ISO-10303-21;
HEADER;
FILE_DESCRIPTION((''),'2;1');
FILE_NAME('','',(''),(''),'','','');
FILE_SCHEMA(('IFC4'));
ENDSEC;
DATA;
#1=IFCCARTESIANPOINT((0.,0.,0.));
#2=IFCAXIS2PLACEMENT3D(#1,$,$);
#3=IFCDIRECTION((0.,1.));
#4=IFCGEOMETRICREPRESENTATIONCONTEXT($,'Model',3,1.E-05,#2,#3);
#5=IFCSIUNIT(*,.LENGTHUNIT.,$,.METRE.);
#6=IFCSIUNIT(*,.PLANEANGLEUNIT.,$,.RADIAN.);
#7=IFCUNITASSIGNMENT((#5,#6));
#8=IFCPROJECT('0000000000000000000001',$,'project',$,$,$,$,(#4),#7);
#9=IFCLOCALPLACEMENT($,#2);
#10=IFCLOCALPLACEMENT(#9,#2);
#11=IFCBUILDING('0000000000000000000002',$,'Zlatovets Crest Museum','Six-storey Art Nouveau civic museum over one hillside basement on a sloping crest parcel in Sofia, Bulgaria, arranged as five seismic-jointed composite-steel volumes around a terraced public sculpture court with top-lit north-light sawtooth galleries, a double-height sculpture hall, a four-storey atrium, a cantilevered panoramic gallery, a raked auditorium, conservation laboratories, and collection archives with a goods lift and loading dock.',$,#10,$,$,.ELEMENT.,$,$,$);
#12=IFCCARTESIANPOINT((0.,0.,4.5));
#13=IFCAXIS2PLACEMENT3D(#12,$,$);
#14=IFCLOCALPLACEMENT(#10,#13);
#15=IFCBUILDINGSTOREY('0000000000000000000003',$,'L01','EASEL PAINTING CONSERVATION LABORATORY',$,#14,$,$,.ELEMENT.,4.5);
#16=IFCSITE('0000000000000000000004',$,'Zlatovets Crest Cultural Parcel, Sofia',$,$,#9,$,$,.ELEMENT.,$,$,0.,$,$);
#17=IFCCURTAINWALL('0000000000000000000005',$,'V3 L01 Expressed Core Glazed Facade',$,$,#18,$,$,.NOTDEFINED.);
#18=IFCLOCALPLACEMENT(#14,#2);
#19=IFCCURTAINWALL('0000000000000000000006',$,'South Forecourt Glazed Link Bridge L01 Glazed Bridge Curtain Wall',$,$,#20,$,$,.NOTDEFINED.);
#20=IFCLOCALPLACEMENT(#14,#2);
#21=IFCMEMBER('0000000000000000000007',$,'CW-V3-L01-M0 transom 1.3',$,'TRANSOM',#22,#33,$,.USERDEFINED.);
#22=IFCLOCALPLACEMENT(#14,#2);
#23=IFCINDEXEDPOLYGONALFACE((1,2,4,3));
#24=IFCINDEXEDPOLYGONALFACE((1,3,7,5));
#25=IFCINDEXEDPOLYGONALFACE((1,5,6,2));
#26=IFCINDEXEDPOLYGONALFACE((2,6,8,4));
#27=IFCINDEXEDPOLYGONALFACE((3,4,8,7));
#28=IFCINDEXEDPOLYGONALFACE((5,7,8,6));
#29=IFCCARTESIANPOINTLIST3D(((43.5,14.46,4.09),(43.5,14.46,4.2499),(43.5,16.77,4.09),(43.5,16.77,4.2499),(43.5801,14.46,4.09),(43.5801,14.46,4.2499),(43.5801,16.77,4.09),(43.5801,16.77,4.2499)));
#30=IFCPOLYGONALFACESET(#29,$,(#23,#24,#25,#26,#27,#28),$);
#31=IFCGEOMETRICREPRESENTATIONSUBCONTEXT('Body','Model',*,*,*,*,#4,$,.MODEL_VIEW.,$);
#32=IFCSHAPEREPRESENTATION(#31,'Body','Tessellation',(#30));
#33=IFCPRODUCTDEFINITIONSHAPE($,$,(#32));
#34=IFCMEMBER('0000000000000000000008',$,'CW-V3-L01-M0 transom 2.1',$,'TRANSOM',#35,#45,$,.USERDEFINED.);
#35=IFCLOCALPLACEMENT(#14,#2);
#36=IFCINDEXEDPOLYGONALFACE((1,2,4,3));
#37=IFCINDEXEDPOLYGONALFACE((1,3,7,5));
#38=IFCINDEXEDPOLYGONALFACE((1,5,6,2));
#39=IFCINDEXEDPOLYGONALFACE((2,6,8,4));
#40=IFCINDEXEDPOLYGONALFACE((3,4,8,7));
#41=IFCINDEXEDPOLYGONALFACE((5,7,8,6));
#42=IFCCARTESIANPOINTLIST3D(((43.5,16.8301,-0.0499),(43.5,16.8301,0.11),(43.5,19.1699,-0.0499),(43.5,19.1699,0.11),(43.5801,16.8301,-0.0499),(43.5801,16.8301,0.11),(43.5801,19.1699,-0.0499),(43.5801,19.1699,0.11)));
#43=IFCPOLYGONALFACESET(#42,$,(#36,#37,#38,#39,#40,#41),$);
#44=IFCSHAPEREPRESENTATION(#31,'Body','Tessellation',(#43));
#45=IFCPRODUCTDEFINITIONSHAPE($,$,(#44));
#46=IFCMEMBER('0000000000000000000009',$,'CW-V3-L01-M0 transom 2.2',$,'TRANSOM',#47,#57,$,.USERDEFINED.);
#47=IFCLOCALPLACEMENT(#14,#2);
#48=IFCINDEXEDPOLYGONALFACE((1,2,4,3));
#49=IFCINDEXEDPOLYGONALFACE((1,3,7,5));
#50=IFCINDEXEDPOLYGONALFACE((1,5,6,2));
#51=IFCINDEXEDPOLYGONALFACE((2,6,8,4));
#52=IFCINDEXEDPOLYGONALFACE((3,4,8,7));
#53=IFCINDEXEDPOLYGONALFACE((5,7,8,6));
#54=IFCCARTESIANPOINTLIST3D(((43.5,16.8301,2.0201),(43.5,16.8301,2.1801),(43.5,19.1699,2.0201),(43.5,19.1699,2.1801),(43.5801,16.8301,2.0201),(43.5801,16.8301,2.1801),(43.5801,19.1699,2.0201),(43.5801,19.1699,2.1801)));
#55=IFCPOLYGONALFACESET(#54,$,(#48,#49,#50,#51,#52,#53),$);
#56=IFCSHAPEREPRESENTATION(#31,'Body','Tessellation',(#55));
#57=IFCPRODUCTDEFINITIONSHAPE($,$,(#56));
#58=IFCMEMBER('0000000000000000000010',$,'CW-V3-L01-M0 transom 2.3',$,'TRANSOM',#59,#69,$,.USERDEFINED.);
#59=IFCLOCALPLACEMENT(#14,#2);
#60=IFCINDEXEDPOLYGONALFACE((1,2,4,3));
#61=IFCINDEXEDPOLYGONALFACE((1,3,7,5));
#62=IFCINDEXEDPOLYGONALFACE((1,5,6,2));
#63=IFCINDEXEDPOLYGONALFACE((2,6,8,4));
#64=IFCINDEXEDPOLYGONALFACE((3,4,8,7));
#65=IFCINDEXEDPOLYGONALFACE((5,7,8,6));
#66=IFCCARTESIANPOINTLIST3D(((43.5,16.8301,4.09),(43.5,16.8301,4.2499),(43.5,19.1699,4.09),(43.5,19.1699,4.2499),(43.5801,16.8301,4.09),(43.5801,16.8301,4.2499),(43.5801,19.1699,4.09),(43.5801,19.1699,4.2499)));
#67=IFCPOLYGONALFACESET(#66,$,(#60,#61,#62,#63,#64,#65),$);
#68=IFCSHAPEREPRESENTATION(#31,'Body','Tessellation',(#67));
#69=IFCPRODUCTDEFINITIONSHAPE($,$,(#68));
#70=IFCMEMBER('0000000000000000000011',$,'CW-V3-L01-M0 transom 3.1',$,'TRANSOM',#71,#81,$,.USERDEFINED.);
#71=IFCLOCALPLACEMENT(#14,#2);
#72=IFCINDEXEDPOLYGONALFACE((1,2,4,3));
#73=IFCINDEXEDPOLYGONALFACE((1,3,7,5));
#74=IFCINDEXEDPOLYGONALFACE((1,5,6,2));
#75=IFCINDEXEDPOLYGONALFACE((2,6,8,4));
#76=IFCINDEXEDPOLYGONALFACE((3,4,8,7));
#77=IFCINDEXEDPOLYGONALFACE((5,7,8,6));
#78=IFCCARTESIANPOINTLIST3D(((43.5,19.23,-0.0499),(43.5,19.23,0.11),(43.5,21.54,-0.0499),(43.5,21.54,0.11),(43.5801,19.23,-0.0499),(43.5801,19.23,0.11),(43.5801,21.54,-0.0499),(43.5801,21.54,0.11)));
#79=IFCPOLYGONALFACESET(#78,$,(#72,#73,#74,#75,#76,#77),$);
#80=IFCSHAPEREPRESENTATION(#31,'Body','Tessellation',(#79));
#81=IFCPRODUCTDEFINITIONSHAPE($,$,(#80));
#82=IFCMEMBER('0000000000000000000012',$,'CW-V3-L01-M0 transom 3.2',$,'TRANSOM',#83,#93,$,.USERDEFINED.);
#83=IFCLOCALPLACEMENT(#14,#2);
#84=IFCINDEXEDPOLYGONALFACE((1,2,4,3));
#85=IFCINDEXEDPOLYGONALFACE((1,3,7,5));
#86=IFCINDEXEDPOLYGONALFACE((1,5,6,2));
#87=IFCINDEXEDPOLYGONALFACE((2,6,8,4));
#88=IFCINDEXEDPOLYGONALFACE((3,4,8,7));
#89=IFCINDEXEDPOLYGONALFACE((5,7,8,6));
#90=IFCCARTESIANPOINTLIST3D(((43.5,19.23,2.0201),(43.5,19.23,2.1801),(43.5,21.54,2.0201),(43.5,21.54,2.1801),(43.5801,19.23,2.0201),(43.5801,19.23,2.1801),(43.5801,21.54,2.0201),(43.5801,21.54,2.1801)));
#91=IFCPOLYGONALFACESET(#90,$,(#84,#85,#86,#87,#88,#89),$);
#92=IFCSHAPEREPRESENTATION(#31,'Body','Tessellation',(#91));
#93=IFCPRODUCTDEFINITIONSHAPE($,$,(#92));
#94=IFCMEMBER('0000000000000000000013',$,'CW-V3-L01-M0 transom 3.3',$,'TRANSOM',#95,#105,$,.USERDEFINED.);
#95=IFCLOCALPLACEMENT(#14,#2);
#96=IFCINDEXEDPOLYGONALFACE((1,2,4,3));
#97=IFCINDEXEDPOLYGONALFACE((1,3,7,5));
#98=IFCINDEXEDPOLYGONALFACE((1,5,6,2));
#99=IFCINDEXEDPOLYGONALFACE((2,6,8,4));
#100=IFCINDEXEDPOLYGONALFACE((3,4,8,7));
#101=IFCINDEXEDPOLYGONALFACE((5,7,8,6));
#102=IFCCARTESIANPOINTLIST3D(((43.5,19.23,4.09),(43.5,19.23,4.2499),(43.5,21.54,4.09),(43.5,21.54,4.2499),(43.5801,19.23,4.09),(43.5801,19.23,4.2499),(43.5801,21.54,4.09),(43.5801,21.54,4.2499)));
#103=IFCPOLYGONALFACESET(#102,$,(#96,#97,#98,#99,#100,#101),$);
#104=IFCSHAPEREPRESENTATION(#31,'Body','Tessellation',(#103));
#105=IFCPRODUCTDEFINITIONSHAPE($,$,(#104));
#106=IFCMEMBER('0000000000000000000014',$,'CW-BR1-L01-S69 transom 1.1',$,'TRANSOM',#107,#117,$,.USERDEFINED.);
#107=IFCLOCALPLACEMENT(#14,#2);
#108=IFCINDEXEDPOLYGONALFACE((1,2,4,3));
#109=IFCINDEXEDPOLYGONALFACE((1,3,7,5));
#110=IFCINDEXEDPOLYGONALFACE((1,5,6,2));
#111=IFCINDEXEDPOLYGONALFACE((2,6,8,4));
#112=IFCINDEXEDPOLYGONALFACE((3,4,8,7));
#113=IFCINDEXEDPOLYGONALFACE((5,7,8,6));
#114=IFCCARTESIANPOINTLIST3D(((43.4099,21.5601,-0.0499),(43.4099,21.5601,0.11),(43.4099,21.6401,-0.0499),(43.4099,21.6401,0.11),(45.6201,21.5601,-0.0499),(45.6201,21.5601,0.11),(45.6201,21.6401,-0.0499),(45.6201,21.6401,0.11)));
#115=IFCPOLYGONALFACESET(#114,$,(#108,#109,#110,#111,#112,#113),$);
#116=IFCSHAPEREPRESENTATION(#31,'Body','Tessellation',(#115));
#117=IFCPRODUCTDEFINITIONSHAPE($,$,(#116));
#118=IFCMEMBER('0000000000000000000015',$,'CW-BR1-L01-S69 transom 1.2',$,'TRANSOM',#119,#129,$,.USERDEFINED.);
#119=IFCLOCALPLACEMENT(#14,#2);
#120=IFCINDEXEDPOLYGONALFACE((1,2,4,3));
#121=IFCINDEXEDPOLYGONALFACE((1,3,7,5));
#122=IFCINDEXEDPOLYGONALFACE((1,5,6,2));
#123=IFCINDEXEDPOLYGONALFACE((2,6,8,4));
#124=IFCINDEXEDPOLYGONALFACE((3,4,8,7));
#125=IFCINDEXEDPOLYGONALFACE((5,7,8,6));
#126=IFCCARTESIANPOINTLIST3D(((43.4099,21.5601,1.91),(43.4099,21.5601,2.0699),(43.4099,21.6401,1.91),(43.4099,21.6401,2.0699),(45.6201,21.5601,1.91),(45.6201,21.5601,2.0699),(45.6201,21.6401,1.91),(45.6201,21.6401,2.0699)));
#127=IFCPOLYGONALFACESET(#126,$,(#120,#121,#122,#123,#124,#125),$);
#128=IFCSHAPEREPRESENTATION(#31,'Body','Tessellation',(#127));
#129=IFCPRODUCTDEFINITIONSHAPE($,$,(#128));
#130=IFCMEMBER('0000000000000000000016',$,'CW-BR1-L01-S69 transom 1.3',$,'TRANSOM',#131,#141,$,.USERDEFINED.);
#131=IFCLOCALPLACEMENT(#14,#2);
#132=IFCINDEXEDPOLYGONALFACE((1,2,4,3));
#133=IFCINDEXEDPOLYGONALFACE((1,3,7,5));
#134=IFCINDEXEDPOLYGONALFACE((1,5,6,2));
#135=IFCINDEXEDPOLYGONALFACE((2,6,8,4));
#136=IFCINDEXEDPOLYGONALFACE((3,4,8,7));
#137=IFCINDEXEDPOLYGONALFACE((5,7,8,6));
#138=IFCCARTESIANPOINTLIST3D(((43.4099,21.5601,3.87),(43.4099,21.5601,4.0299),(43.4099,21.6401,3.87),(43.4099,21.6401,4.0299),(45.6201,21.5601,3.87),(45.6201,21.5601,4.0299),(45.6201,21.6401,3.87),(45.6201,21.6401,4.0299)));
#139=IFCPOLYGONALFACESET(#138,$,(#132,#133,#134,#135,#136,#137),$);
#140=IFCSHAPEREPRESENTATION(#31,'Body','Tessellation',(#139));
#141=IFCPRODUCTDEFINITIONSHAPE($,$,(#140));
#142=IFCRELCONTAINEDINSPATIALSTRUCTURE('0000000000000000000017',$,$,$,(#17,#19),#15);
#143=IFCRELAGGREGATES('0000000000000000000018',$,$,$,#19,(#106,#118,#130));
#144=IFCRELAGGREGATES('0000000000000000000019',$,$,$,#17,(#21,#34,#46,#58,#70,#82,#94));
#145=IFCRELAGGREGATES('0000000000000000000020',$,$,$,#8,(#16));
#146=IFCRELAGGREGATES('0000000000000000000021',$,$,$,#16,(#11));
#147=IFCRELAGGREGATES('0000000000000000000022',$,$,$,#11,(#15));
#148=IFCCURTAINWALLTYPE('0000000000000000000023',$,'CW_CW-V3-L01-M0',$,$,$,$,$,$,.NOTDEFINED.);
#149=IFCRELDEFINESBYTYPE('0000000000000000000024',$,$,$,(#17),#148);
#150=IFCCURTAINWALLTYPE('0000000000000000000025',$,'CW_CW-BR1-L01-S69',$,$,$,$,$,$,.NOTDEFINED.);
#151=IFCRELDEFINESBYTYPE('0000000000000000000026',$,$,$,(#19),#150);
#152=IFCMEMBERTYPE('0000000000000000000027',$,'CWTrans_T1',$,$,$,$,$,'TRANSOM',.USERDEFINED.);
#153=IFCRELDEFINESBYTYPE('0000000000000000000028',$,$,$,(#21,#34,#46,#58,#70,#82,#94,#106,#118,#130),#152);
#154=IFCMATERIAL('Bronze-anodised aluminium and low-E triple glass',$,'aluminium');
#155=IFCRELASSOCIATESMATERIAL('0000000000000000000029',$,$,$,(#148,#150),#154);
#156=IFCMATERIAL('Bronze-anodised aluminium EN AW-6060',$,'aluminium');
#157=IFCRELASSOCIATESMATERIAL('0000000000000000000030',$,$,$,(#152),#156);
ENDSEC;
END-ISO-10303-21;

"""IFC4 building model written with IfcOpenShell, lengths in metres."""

from ifc_helpers import new_model, si_unit, direction, frame, origin, origin_2d, place, context, subcontext, project, spatial, rectangle, extrude, material, material_profile, profile_set, type_object, element, aggregate, save


model = new_model("IFC4")

# Units and contexts
model_context = context("Model", 3, precision=1e-05, world=origin(), true_north=direction((0.0, 1.0)))
body_context = subcontext(model_context, "Body", "Model", "MODEL_VIEW")
ifc_project = project(units=[si_unit("LENGTHUNIT", "METRE"), si_unit("PLANEANGLEUNIT", "RADIAN")], contexts=[model_context])

# Site, building, storey
site_placement = place(None, origin())
site = spatial("IfcSite", under=ifc_project, at=site_placement, Name="Zlatovets Crest Cultural Parcel, Sofia", CompositionType="ELEMENT", RefElevation=0.0)
building_placement = place(site_placement, origin())
building = spatial("IfcBuilding", under=site, at=building_placement, Name="Zlatovets Crest Museum", Description="Six-storey Art Nouveau civic museum over one hillside basement on a sloping crest parcel in Sofia, Bulgaria, arranged as five seismic-jointed composite-steel volumes around a terraced public sculpture court with top-lit north-light sawtooth galleries, a double-height sculpture hall, a four-storey atrium, a cantilevered panoramic gallery, a raked auditorium, conservation laboratories, and collection archives with a goods lift and loading dock.", CompositionType="ELEMENT")
storey_placement = place(building_placement, frame((0.0, 0.0, 4.5)))
storey = spatial("IfcBuildingStorey", under=building, at=storey_placement, Name="L01", Description="EASEL PAINTING CONSERVATION LABORATORY", CompositionType="ELEMENT", Elevation=4.5)

# Curtain wall
ifc_material_1 = material(Name="Bronze-anodised aluminium and low-E triple glass", Category="aluminium")
curtain_wall_type_1 = type_object("IfcCurtainWallType", Name="CW_CW-V3-L01-M0", PredefinedType="NOTDEFINED", material=ifc_material_1)
curtain_wall_1_placement = place(storey_placement, origin())
curtain_wall_1 = element("IfcCurtainWall", 1, at=curtain_wall_1_placement, inside=storey, type_object=curtain_wall_type_1, Name="V3 L01 Expressed Core Glazed Facade", PredefinedType="NOTDEFINED")
ifc_material_2 = material(Name="Bronze-anodised aluminium EN AW-6060", Category="aluminium")

# Curtain wall
curtain_wall_type_2 = type_object("IfcCurtainWallType", Name="CW_CW-BR1-L01-S69", PredefinedType="NOTDEFINED", material=ifc_material_1)
curtain_wall_2_placement = place(storey_placement, origin())
curtain_wall_2 = element("IfcCurtainWall", 2, at=curtain_wall_2_placement, inside=storey, type_object=curtain_wall_type_2, Name="South Forecourt Glazed Link Bridge L01 Glazed Bridge Curtain Wall", PredefinedType="NOTDEFINED")

# Members
ifc_material_profile_1 = material_profile(ifc_material_2, rectangle(XDim=0.0801, YDim=0.1599, at=origin_2d()), Name="ALU 80x160")
ifc_profile_set_1 = profile_set([ifc_material_profile_1], Name="Bronze-anodised aluminium EN AW-6060")
member_type_1 = type_object("IfcMemberType", Name="CWTrans_T1", ElementType="TRANSOM", PredefinedType="USERDEFINED", material=ifc_profile_set_1)
member_1_placement = place(storey_placement, frame((43.54, 14.46, 4.1699), z_axis=(0.0, 1.0, 0.0), x_axis=(-1.0, 0.0, 0.0)))
member_1 = element("IfcMember", 3, at=member_1_placement, type_object=member_type_1, Name="CW-V3-L01-M0 transom 1.3", ObjectType="TRANSOM", PredefinedType="USERDEFINED", context=body_context, shape_type="SweptSolid", body=[
    extrude(rectangle(XDim=0.0801, YDim=0.1599, at=origin_2d()), origin(), (0.0, 0.0, 1.0), 2.3101),
])
member_2_placement = place(storey_placement, frame((43.54, 16.8301, 0.03), z_axis=(0.0, 1.0, 0.0), x_axis=(-1.0, 0.0, 0.0)))
member_2 = element("IfcMember", 4, at=member_2_placement, type_object=member_type_1, Name="CW-V3-L01-M0 transom 2.1", ObjectType="TRANSOM", PredefinedType="USERDEFINED", context=body_context, shape_type="SweptSolid", body=[
    extrude(rectangle(XDim=0.0801, YDim=0.1599, at=origin_2d()), origin(), (0.0, 0.0, 1.0), 2.3398),
])
member_3_placement = place(storey_placement, frame((43.54, 16.8301, 2.1001), z_axis=(0.0, 1.0, 0.0), x_axis=(-1.0, 0.0, 0.0)))
member_3 = element("IfcMember", 5, at=member_3_placement, type_object=member_type_1, Name="CW-V3-L01-M0 transom 2.2", ObjectType="TRANSOM", PredefinedType="USERDEFINED", context=body_context, shape_type="SweptSolid", body=[
    extrude(rectangle(XDim=0.0801, YDim=0.1599, at=origin_2d()), origin(), (0.0, 0.0, 1.0), 2.3398),
])
member_4_placement = place(storey_placement, frame((43.54, 16.8301, 4.1699), z_axis=(0.0, 1.0, 0.0), x_axis=(-1.0, 0.0, 0.0)))
member_4 = element("IfcMember", 6, at=member_4_placement, type_object=member_type_1, Name="CW-V3-L01-M0 transom 2.3", ObjectType="TRANSOM", PredefinedType="USERDEFINED", context=body_context, shape_type="SweptSolid", body=[
    extrude(rectangle(XDim=0.0801, YDim=0.1599, at=origin_2d()), origin(), (0.0, 0.0, 1.0), 2.3398),
])
member_5_placement = place(storey_placement, frame((43.54, 19.23, 0.03), z_axis=(0.0, 1.0, 0.0), x_axis=(-1.0, 0.0, 0.0)))
member_5 = element("IfcMember", 7, at=member_5_placement, type_object=member_type_1, Name="CW-V3-L01-M0 transom 3.1", ObjectType="TRANSOM", PredefinedType="USERDEFINED", context=body_context, shape_type="SweptSolid", body=[
    extrude(rectangle(XDim=0.0801, YDim=0.1599, at=origin_2d()), origin(), (0.0, 0.0, 1.0), 2.3101),
])
member_6_placement = place(storey_placement, frame((43.54, 19.23, 2.1001), z_axis=(0.0, 1.0, 0.0), x_axis=(-1.0, 0.0, 0.0)))
member_6 = element("IfcMember", 8, at=member_6_placement, type_object=member_type_1, Name="CW-V3-L01-M0 transom 3.2", ObjectType="TRANSOM", PredefinedType="USERDEFINED", context=body_context, shape_type="SweptSolid", body=[
    extrude(rectangle(XDim=0.0801, YDim=0.1599, at=origin_2d()), origin(), (0.0, 0.0, 1.0), 2.3101),
])
member_7_placement = place(storey_placement, frame((43.54, 19.23, 4.1699), z_axis=(0.0, 1.0, 0.0), x_axis=(-1.0, 0.0, 0.0)))
member_7 = element("IfcMember", 9, at=member_7_placement, type_object=member_type_1, Name="CW-V3-L01-M0 transom 3.3", ObjectType="TRANSOM", PredefinedType="USERDEFINED", context=body_context, shape_type="SweptSolid", body=[
    extrude(rectangle(XDim=0.0801, YDim=0.1599, at=origin_2d()), origin(), (0.0, 0.0, 1.0), 2.3101),
])
member_8_placement = place(storey_placement, frame((43.4099, 21.6001, 0.03), z_axis=(1.0, 0.0, 0.0), x_axis=(0.0, 1.0, 0.0)))
member_8 = element("IfcMember", 10, at=member_8_placement, type_object=member_type_1, Name="CW-BR1-L01-S69 transom 1.1", ObjectType="TRANSOM", PredefinedType="USERDEFINED", context=body_context, shape_type="SweptSolid", body=[
    extrude(rectangle(XDim=0.0801, YDim=0.1599, at=origin_2d()), origin(), (0.0, 0.0, 1.0), 2.2102),
])
member_9_placement = place(storey_placement, frame((43.4099, 21.6001, 1.99), z_axis=(1.0, 0.0, 0.0), x_axis=(0.0, 1.0, 0.0)))
member_9 = element("IfcMember", 11, at=member_9_placement, type_object=member_type_1, Name="CW-BR1-L01-S69 transom 1.2", ObjectType="TRANSOM", PredefinedType="USERDEFINED", context=body_context, shape_type="SweptSolid", body=[
    extrude(rectangle(XDim=0.0801, YDim=0.1599, at=origin_2d()), origin(), (0.0, 0.0, 1.0), 2.2102),
])
member_10_placement = place(storey_placement, frame((43.4099, 21.6001, 3.95), z_axis=(1.0, 0.0, 0.0), x_axis=(0.0, 1.0, 0.0)))
member_10 = element("IfcMember", 12, at=member_10_placement, type_object=member_type_1, Name="CW-BR1-L01-S69 transom 1.3", ObjectType="TRANSOM", PredefinedType="USERDEFINED", context=body_context, shape_type="SweptSolid", body=[
    extrude(rectangle(XDim=0.0801, YDim=0.1599, at=origin_2d()), origin(), (0.0, 0.0, 1.0), 2.2102),
])

aggregate(curtain_wall_2, [member_8, member_9, member_10])
aggregate(curtain_wall_1, [member_1, member_2, member_3, member_4, member_5, member_6, member_7])

save(model, "model.ifc")
